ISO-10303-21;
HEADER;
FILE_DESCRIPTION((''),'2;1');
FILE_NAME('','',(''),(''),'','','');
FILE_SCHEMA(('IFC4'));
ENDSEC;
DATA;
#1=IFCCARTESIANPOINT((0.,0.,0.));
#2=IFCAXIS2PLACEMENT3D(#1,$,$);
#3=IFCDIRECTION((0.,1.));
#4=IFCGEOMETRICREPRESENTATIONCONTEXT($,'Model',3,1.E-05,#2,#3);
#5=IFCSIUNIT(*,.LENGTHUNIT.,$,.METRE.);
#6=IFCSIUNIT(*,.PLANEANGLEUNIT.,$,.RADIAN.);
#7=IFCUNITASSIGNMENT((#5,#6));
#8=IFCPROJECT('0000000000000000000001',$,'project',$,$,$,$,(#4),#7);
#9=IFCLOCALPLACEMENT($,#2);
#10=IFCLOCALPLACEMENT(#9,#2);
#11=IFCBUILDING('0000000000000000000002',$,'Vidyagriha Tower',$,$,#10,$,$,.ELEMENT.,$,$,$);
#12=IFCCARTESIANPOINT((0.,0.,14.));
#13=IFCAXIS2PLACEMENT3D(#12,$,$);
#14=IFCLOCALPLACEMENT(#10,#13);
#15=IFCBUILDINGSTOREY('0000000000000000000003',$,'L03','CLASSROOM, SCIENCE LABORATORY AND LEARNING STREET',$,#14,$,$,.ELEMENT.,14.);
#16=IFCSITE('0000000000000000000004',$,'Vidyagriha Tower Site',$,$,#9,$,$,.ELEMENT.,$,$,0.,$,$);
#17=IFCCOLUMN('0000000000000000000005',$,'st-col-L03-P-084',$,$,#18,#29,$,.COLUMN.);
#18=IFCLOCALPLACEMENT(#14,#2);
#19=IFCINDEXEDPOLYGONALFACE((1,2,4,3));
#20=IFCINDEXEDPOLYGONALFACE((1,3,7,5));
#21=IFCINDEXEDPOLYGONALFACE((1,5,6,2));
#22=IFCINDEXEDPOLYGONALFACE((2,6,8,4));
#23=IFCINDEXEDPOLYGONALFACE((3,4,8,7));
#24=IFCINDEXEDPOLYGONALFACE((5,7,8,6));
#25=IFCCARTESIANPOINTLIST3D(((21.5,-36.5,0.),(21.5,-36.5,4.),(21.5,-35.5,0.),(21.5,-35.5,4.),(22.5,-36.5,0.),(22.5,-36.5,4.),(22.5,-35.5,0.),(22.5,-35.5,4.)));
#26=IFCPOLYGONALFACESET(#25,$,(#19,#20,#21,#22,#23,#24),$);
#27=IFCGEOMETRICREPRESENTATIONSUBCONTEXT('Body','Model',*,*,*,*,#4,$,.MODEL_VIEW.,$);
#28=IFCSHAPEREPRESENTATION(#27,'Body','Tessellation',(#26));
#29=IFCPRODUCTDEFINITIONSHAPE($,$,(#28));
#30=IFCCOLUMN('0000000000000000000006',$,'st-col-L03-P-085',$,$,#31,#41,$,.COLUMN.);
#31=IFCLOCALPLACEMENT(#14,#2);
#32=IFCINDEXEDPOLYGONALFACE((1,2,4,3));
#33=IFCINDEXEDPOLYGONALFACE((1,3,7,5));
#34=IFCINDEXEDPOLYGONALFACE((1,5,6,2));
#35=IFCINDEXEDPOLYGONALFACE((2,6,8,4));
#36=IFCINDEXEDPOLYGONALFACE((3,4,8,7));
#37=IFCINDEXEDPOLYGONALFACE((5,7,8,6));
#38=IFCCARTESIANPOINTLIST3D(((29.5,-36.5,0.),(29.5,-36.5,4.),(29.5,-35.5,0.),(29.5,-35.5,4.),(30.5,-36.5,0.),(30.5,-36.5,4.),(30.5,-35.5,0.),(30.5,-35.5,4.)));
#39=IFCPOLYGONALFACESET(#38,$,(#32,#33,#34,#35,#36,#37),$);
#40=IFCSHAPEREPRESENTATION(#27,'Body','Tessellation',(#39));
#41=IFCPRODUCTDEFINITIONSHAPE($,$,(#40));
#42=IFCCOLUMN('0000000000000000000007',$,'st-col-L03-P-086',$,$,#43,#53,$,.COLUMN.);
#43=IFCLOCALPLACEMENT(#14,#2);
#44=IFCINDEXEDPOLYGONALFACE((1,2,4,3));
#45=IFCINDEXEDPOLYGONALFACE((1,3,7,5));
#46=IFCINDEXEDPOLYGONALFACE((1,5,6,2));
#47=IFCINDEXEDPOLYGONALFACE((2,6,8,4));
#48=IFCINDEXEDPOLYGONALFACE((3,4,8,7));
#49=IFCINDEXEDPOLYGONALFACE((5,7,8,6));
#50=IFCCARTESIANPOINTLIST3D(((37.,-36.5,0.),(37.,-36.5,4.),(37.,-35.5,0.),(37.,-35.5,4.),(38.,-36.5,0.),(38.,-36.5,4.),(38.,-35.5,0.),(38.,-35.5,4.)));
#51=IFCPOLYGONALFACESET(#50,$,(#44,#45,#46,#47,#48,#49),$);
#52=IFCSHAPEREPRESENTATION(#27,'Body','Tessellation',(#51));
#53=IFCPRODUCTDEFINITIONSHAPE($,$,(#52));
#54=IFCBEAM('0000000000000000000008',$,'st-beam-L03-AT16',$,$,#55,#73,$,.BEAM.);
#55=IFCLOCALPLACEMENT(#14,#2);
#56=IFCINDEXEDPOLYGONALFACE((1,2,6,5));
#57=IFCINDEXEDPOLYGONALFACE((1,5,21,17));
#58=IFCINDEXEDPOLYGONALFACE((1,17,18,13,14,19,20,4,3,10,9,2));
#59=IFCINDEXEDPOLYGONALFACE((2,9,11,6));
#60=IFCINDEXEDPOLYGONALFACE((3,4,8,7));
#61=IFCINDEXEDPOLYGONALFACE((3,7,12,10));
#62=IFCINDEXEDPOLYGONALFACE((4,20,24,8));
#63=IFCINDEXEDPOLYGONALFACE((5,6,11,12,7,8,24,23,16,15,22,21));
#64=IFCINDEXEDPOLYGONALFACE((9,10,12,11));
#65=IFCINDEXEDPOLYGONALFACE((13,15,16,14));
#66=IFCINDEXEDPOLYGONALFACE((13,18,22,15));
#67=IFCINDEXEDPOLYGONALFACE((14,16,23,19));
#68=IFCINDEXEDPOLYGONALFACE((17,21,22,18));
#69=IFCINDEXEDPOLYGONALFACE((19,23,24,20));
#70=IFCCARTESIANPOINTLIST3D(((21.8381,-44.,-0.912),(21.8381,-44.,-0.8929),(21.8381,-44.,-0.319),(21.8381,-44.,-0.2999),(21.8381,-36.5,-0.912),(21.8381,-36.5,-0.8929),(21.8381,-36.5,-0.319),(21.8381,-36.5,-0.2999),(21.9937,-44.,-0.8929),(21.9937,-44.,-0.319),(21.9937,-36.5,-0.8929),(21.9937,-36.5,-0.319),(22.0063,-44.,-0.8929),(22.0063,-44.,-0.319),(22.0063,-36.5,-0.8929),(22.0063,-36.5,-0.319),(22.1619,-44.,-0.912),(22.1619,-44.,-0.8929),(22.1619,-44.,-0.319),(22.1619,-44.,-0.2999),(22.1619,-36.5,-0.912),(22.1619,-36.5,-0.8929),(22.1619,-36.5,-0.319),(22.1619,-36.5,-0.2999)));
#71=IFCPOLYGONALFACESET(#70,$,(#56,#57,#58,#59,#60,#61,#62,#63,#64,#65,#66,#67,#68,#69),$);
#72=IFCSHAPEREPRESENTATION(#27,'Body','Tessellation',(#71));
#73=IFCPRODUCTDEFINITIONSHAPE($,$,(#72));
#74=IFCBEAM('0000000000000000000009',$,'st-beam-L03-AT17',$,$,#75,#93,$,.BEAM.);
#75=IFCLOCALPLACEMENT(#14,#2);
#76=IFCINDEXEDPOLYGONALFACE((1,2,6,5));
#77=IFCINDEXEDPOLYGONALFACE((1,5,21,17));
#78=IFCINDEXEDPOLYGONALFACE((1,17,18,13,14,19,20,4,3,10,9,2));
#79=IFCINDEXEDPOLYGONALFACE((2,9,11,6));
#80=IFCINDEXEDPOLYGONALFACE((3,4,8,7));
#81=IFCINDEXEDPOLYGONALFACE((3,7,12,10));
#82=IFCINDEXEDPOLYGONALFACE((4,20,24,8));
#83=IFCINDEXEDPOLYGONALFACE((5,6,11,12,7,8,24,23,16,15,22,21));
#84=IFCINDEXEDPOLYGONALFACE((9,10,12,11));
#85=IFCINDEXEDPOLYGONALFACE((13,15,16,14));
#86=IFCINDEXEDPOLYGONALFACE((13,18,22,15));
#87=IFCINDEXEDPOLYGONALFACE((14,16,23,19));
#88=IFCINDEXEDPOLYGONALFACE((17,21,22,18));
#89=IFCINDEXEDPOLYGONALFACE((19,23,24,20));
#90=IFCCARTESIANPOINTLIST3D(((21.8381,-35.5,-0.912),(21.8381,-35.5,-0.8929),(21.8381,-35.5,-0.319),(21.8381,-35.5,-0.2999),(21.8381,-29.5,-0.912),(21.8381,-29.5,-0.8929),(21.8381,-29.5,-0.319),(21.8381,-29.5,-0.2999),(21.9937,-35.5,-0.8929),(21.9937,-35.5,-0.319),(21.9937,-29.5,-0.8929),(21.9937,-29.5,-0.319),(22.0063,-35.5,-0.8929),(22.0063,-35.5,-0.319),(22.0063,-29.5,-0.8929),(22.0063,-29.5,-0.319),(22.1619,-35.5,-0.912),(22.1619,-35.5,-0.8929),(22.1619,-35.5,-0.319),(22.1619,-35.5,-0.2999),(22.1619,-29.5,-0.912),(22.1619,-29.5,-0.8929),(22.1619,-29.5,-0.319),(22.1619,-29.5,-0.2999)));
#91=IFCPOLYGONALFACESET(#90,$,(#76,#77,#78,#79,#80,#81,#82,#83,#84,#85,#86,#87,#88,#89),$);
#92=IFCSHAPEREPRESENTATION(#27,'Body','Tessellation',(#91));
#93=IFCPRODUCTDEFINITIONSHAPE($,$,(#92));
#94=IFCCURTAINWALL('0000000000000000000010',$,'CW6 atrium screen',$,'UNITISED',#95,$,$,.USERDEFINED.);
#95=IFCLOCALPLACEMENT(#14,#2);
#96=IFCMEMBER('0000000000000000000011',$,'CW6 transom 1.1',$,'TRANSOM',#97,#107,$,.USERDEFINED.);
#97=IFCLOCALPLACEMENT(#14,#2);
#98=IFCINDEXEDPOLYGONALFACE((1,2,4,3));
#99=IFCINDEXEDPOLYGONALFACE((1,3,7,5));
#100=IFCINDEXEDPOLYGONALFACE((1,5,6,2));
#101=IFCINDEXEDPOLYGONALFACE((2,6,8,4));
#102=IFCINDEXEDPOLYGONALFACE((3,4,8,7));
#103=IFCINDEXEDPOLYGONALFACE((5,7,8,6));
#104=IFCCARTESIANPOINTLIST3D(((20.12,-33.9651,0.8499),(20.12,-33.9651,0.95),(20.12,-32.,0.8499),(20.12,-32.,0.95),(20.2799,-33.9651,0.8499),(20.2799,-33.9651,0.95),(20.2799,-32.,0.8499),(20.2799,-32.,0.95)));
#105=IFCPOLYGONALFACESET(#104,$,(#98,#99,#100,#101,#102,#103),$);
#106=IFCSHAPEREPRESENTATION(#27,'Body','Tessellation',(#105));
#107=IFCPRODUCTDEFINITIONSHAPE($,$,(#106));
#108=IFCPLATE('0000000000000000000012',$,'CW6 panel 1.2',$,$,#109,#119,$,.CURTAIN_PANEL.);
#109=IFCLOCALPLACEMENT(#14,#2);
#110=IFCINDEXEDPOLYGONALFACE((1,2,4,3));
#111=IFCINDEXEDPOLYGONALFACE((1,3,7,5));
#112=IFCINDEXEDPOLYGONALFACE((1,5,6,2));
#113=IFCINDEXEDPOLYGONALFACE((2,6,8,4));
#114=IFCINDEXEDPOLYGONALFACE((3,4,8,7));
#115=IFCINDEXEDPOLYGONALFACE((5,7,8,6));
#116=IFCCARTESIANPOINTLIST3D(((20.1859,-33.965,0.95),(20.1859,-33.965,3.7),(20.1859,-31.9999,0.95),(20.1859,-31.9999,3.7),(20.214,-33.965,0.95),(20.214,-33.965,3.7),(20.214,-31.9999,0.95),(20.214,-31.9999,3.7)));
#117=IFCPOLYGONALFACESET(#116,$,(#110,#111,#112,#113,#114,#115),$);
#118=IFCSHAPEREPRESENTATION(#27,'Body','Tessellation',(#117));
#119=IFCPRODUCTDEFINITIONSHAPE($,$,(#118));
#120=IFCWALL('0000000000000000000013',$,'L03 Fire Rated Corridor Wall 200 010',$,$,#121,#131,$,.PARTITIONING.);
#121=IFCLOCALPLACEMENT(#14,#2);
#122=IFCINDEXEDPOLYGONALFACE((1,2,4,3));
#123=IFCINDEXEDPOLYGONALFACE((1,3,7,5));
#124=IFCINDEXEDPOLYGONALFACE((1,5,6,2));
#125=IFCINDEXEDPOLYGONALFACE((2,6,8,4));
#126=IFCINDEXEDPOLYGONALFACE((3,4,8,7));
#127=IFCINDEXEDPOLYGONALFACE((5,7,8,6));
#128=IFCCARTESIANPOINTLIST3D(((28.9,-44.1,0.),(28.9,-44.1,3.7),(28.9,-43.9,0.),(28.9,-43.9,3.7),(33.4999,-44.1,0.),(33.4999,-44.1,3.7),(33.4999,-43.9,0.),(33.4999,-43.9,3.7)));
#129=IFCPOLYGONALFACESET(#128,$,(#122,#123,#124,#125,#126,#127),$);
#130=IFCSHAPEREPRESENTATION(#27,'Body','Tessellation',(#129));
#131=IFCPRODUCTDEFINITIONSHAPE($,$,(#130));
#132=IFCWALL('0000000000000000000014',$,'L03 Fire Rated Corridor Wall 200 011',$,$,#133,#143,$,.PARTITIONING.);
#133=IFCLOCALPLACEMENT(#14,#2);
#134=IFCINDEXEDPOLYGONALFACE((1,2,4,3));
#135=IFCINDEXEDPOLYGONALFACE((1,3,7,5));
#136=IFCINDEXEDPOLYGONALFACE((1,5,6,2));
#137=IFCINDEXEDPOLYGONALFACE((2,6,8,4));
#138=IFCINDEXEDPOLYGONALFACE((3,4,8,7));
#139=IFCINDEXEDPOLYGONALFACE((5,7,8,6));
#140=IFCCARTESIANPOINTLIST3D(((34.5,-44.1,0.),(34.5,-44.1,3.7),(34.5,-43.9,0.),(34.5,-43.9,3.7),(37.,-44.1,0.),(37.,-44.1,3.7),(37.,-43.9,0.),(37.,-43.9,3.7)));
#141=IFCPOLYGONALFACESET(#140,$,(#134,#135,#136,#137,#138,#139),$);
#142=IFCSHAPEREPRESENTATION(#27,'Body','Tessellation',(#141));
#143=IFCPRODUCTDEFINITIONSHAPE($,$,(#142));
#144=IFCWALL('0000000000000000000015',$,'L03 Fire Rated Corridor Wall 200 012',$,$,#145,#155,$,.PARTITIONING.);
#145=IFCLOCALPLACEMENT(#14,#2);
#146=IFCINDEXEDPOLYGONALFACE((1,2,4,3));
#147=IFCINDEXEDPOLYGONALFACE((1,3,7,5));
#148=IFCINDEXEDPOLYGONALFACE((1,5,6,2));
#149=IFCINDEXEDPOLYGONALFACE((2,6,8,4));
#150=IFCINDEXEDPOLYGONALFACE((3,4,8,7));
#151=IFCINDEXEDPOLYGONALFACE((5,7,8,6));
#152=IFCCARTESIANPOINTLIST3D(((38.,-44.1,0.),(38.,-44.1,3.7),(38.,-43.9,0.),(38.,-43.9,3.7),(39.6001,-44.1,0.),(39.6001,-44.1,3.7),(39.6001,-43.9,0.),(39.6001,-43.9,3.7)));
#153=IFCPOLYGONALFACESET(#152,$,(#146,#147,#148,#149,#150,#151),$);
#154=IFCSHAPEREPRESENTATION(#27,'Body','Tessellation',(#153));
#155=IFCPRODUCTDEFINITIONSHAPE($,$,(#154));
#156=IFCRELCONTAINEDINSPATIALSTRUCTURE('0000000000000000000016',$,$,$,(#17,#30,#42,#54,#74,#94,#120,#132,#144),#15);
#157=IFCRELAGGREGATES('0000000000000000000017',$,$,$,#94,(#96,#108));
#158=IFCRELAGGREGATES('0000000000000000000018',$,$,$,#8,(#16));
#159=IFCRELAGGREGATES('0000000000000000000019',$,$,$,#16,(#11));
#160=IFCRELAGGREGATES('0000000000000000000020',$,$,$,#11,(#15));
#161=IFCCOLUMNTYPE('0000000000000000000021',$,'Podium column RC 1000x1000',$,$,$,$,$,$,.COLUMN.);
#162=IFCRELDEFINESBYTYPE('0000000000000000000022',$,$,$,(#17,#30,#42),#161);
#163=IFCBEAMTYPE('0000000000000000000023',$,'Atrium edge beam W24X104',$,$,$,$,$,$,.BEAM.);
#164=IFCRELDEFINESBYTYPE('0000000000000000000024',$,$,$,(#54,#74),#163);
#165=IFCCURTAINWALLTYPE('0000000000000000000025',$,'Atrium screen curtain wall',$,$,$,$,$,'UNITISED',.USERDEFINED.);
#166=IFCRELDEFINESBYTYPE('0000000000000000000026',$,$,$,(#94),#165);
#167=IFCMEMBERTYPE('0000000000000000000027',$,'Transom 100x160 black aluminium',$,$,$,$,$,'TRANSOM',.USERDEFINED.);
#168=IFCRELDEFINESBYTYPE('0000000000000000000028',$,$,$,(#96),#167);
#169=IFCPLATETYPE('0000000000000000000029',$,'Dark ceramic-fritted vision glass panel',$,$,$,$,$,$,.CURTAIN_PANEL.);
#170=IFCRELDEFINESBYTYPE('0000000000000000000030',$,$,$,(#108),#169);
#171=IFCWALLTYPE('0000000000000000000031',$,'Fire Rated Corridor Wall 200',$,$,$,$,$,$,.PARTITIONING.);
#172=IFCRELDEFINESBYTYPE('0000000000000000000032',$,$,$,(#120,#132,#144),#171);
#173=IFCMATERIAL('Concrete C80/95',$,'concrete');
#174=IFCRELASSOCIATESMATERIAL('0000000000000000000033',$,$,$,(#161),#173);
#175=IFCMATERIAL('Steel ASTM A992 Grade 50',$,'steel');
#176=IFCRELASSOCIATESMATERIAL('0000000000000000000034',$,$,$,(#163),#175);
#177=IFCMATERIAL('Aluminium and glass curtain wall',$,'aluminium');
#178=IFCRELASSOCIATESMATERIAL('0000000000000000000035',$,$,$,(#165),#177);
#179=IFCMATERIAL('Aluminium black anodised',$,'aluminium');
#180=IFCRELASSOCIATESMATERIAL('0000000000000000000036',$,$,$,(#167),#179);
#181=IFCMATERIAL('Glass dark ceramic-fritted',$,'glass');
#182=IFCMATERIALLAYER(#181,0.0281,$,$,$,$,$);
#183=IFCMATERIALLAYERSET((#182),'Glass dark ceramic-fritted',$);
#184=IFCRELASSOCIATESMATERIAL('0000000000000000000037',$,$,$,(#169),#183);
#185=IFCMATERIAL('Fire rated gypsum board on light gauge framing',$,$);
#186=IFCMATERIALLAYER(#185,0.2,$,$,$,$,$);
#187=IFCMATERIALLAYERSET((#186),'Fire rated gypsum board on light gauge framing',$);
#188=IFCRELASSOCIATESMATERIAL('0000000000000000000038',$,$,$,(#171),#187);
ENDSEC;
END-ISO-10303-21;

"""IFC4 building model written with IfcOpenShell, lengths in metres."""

from ifc_helpers import new_model, si_unit, direction, frame, frame_2d, origin, origin_2d, place, context, subcontext, project, spatial, rectangle, i_section, extrude, material, layer, layer_set, material_profile, profile_set, type_object, element, aggregate, save


model = new_model("IFC4")

# Units and contexts
model_context = context("Model", 3, precision=1e-05, world=origin(), true_north=direction((0.0, 1.0)))
body_context = subcontext(model_context, "Body", "Model", "MODEL_VIEW")
ifc_project = project(units=[si_unit("LENGTHUNIT", "METRE"), si_unit("PLANEANGLEUNIT", "RADIAN")], contexts=[model_context])

# Site, building, storey
site_placement = place(None, origin())
site = spatial("IfcSite", under=ifc_project, at=site_placement, Name="Vidyagriha Tower Site", CompositionType="ELEMENT", RefElevation=0.0)
building_placement = place(site_placement, origin())
building = spatial("IfcBuilding", under=site, at=building_placement, Name="Vidyagriha Tower", CompositionType="ELEMENT")
storey_placement = place(building_placement, frame((0.0, 0.0, 14.0)))
storey = spatial("IfcBuildingStorey", under=building, at=storey_placement, Name="L03", Description="CLASSROOM, SCIENCE LABORATORY AND LEARNING STREET", CompositionType="ELEMENT", Elevation=14.0)

# Columns
ifc_material_1 = material(Name="Concrete C80/95", Category="concrete")
ifc_material_profile_1 = material_profile(ifc_material_1, rectangle(XDim=1.0, YDim=1.0, at=origin_2d()), Name="RC 1000x1000")
ifc_profile_set_1 = profile_set([ifc_material_profile_1], Name="Concrete C80/95")
column_type = type_object("IfcColumnType", Name="Podium column RC 1000x1000", PredefinedType="COLUMN", material=ifc_profile_set_1)
for number, where, name in (
    (1, (22.0, -36.0, 0.0), "st-col-L03-P-084"),
    (2, (30.0, -36.0, 0.0), "st-col-L03-P-085"),
    (3, (37.5, -36.0, 0.0), "st-col-L03-P-086"),
):
    element("IfcColumn", number, at=place(storey_placement, frame(where)), inside=storey, type_object=column_type, Name=name, PredefinedType="COLUMN", context=body_context, shape_type="SweptSolid", body=[
        extrude(rectangle(XDim=1.0, YDim=1.0, at=origin_2d()), origin(), (0.0, 0.0, 1.0), 4.0),
    ])

# Beams
ifc_material_2 = material(Name="Steel ASTM A992 Grade 50", Category="steel")
ifc_material_profile_2 = material_profile(ifc_material_2, i_section(OverallWidth=0.3237, OverallDepth=0.6121, WebThickness=0.0127, FlangeThickness=0.019, at=origin_2d()), Name="W24X104")
ifc_profile_set_2 = profile_set([ifc_material_profile_2], Name="Steel ASTM A992 Grade 50")
beam_type = type_object("IfcBeamType", Name="Atrium edge beam W24X104", PredefinedType="BEAM", material=ifc_profile_set_2)
beam_1_placement = place(storey_placement, frame((22.0, -44.0, -0.606), z_axis=(0.0, 1.0, 0.0), x_axis=(-1.0, 0.0, 0.0)))
element("IfcBeam", 4, at=beam_1_placement, inside=storey, type_object=beam_type, Name="st-beam-L03-AT16", PredefinedType="BEAM", context=body_context, shape_type="SweptSolid", body=[
    extrude(i_section(OverallWidth=0.3237, OverallDepth=0.6121, WebThickness=0.0127, FlangeThickness=0.019, at=origin_2d()), origin(), (0.0, 0.0, 1.0), 7.5),
])
beam_2_placement = place(storey_placement, frame((22.0, -35.5, -0.606), z_axis=(0.0, 1.0, 0.0), x_axis=(-1.0, 0.0, 0.0)))
element("IfcBeam", 5, at=beam_2_placement, inside=storey, type_object=beam_type, Name="st-beam-L03-AT17", PredefinedType="BEAM", context=body_context, shape_type="SweptSolid", body=[
    extrude(i_section(OverallWidth=0.3237, OverallDepth=0.6121, WebThickness=0.0127, FlangeThickness=0.019, at=origin_2d()), origin(), (0.0, 0.0, 1.0), 6.0),
])

# Curtain wall, member, plate
ifc_material_3 = material(Name="Aluminium and glass curtain wall", Category="aluminium")
curtain_wall_type = type_object("IfcCurtainWallType", Name="Atrium screen curtain wall", ElementType="UNITISED", PredefinedType="USERDEFINED", material=ifc_material_3)
curtain_wall_placement = place(storey_placement, origin())
curtain_wall = element("IfcCurtainWall", 6, at=curtain_wall_placement, inside=storey, type_object=curtain_wall_type, Name="CW6 atrium screen", ObjectType="UNITISED", PredefinedType="USERDEFINED")
ifc_material_4 = material(Name="Aluminium black anodised", Category="aluminium")
ifc_material_profile_3 = material_profile(ifc_material_4, rectangle(XDim=0.1599, YDim=0.1001, at=origin_2d()), Name="Transom 100x160 black aluminium")
ifc_profile_set_3 = profile_set([ifc_material_profile_3], Name="Aluminium black anodised")
member_type = type_object("IfcMemberType", Name="Transom 100x160 black aluminium", ElementType="TRANSOM", PredefinedType="USERDEFINED", material=ifc_profile_set_3)
member_placement = place(storey_placement, frame((20.2, -32.0, 0.8999), z_axis=(0.0, -1.0, 0.0), x_axis=(1.0, 0.0, 0.0)))
member = element("IfcMember", 7, at=member_placement, type_object=member_type, Name="CW6 transom 1.1", ObjectType="TRANSOM", PredefinedType="USERDEFINED", context=body_context, shape_type="SweptSolid", body=[
    extrude(rectangle(XDim=0.1599, YDim=0.1001, at=origin_2d()), origin(), (0.0, 0.0, 1.0), 1.9651),
])
ifc_material_5 = material(Name="Glass dark ceramic-fritted", Category="glass")
ifc_layer_1 = layer(ifc_material_5, 0.0281)
ifc_layer_set_1 = layer_set([ifc_layer_1], Name="Glass dark ceramic-fritted")
plate_type = type_object("IfcPlateType", Name="Dark ceramic-fritted vision glass panel", PredefinedType="CURTAIN_PANEL", material=ifc_layer_set_1)
plate_placement = place(storey_placement, frame((20.2, -32.9824, 0.95), z_axis=(0.0, 0.0, 1.0), x_axis=(0.0, -1.0, 0.0)))
plate = element("IfcPlate", 8, at=plate_placement, type_object=plate_type, Name="CW6 panel 1.2", PredefinedType="CURTAIN_PANEL", context=body_context, shape_type="SweptSolid", body=[
    extrude(rectangle(XDim=1.9651, YDim=0.0281, at=origin_2d()), origin(), (0.0, 0.0, 1.0), 2.75),
])
aggregate(curtain_wall, [member, plate])

# Walls
ifc_material_6 = material(Name="Fire rated gypsum board on light gauge framing")
ifc_layer_2 = layer(ifc_material_6, 0.2)
ifc_layer_set_2 = layer_set([ifc_layer_2], Name="Fire rated gypsum board on light gauge framing")
wall_type_1 = type_object("IfcWallType", Name="Fire Rated Corridor Wall 200", PredefinedType="PARTITIONING", material=ifc_layer_set_2)
wall_1_placement = place(storey_placement, frame((28.9001, -44.0, 0.0)))
element("IfcWall", 9, at=wall_1_placement, inside=storey, type_object=wall_type_1, Name="L03 Fire Rated Corridor Wall 200 010", PredefinedType="PARTITIONING", context=body_context, shape_type="SweptSolid", body=[
    extrude(rectangle(XDim=4.5999, YDim=0.2, at=frame_2d((2.2998, 0.0))), origin(), (0.0, 0.0, 1.0), 3.7),
])
wall_2_placement = place(storey_placement, frame((34.5, -44.0, 0.0)))
element("IfcWall", 10, at=wall_2_placement, inside=storey, type_object=wall_type_1, Name="L03 Fire Rated Corridor Wall 200 011", PredefinedType="PARTITIONING", context=body_context, shape_type="SweptSolid", body=[
    extrude(rectangle(XDim=2.5, YDim=0.2, at=frame_2d((1.25, 0.0))), origin(), (0.0, 0.0, 1.0), 3.7),
])
wall_3_placement = place(storey_placement, frame((38.0, -44.0, 0.0)))
element("IfcWall", 11, at=wall_3_placement, inside=storey, type_object=wall_type_1, Name="L03 Fire Rated Corridor Wall 200 012", PredefinedType="PARTITIONING", context=body_context, shape_type="SweptSolid", body=[
    extrude(rectangle(XDim=1.6001, YDim=0.2, at=frame_2d((0.8, 0.0))), origin(), (0.0, 0.0, 1.0), 3.7),
])

save(model, "model.ifc")
